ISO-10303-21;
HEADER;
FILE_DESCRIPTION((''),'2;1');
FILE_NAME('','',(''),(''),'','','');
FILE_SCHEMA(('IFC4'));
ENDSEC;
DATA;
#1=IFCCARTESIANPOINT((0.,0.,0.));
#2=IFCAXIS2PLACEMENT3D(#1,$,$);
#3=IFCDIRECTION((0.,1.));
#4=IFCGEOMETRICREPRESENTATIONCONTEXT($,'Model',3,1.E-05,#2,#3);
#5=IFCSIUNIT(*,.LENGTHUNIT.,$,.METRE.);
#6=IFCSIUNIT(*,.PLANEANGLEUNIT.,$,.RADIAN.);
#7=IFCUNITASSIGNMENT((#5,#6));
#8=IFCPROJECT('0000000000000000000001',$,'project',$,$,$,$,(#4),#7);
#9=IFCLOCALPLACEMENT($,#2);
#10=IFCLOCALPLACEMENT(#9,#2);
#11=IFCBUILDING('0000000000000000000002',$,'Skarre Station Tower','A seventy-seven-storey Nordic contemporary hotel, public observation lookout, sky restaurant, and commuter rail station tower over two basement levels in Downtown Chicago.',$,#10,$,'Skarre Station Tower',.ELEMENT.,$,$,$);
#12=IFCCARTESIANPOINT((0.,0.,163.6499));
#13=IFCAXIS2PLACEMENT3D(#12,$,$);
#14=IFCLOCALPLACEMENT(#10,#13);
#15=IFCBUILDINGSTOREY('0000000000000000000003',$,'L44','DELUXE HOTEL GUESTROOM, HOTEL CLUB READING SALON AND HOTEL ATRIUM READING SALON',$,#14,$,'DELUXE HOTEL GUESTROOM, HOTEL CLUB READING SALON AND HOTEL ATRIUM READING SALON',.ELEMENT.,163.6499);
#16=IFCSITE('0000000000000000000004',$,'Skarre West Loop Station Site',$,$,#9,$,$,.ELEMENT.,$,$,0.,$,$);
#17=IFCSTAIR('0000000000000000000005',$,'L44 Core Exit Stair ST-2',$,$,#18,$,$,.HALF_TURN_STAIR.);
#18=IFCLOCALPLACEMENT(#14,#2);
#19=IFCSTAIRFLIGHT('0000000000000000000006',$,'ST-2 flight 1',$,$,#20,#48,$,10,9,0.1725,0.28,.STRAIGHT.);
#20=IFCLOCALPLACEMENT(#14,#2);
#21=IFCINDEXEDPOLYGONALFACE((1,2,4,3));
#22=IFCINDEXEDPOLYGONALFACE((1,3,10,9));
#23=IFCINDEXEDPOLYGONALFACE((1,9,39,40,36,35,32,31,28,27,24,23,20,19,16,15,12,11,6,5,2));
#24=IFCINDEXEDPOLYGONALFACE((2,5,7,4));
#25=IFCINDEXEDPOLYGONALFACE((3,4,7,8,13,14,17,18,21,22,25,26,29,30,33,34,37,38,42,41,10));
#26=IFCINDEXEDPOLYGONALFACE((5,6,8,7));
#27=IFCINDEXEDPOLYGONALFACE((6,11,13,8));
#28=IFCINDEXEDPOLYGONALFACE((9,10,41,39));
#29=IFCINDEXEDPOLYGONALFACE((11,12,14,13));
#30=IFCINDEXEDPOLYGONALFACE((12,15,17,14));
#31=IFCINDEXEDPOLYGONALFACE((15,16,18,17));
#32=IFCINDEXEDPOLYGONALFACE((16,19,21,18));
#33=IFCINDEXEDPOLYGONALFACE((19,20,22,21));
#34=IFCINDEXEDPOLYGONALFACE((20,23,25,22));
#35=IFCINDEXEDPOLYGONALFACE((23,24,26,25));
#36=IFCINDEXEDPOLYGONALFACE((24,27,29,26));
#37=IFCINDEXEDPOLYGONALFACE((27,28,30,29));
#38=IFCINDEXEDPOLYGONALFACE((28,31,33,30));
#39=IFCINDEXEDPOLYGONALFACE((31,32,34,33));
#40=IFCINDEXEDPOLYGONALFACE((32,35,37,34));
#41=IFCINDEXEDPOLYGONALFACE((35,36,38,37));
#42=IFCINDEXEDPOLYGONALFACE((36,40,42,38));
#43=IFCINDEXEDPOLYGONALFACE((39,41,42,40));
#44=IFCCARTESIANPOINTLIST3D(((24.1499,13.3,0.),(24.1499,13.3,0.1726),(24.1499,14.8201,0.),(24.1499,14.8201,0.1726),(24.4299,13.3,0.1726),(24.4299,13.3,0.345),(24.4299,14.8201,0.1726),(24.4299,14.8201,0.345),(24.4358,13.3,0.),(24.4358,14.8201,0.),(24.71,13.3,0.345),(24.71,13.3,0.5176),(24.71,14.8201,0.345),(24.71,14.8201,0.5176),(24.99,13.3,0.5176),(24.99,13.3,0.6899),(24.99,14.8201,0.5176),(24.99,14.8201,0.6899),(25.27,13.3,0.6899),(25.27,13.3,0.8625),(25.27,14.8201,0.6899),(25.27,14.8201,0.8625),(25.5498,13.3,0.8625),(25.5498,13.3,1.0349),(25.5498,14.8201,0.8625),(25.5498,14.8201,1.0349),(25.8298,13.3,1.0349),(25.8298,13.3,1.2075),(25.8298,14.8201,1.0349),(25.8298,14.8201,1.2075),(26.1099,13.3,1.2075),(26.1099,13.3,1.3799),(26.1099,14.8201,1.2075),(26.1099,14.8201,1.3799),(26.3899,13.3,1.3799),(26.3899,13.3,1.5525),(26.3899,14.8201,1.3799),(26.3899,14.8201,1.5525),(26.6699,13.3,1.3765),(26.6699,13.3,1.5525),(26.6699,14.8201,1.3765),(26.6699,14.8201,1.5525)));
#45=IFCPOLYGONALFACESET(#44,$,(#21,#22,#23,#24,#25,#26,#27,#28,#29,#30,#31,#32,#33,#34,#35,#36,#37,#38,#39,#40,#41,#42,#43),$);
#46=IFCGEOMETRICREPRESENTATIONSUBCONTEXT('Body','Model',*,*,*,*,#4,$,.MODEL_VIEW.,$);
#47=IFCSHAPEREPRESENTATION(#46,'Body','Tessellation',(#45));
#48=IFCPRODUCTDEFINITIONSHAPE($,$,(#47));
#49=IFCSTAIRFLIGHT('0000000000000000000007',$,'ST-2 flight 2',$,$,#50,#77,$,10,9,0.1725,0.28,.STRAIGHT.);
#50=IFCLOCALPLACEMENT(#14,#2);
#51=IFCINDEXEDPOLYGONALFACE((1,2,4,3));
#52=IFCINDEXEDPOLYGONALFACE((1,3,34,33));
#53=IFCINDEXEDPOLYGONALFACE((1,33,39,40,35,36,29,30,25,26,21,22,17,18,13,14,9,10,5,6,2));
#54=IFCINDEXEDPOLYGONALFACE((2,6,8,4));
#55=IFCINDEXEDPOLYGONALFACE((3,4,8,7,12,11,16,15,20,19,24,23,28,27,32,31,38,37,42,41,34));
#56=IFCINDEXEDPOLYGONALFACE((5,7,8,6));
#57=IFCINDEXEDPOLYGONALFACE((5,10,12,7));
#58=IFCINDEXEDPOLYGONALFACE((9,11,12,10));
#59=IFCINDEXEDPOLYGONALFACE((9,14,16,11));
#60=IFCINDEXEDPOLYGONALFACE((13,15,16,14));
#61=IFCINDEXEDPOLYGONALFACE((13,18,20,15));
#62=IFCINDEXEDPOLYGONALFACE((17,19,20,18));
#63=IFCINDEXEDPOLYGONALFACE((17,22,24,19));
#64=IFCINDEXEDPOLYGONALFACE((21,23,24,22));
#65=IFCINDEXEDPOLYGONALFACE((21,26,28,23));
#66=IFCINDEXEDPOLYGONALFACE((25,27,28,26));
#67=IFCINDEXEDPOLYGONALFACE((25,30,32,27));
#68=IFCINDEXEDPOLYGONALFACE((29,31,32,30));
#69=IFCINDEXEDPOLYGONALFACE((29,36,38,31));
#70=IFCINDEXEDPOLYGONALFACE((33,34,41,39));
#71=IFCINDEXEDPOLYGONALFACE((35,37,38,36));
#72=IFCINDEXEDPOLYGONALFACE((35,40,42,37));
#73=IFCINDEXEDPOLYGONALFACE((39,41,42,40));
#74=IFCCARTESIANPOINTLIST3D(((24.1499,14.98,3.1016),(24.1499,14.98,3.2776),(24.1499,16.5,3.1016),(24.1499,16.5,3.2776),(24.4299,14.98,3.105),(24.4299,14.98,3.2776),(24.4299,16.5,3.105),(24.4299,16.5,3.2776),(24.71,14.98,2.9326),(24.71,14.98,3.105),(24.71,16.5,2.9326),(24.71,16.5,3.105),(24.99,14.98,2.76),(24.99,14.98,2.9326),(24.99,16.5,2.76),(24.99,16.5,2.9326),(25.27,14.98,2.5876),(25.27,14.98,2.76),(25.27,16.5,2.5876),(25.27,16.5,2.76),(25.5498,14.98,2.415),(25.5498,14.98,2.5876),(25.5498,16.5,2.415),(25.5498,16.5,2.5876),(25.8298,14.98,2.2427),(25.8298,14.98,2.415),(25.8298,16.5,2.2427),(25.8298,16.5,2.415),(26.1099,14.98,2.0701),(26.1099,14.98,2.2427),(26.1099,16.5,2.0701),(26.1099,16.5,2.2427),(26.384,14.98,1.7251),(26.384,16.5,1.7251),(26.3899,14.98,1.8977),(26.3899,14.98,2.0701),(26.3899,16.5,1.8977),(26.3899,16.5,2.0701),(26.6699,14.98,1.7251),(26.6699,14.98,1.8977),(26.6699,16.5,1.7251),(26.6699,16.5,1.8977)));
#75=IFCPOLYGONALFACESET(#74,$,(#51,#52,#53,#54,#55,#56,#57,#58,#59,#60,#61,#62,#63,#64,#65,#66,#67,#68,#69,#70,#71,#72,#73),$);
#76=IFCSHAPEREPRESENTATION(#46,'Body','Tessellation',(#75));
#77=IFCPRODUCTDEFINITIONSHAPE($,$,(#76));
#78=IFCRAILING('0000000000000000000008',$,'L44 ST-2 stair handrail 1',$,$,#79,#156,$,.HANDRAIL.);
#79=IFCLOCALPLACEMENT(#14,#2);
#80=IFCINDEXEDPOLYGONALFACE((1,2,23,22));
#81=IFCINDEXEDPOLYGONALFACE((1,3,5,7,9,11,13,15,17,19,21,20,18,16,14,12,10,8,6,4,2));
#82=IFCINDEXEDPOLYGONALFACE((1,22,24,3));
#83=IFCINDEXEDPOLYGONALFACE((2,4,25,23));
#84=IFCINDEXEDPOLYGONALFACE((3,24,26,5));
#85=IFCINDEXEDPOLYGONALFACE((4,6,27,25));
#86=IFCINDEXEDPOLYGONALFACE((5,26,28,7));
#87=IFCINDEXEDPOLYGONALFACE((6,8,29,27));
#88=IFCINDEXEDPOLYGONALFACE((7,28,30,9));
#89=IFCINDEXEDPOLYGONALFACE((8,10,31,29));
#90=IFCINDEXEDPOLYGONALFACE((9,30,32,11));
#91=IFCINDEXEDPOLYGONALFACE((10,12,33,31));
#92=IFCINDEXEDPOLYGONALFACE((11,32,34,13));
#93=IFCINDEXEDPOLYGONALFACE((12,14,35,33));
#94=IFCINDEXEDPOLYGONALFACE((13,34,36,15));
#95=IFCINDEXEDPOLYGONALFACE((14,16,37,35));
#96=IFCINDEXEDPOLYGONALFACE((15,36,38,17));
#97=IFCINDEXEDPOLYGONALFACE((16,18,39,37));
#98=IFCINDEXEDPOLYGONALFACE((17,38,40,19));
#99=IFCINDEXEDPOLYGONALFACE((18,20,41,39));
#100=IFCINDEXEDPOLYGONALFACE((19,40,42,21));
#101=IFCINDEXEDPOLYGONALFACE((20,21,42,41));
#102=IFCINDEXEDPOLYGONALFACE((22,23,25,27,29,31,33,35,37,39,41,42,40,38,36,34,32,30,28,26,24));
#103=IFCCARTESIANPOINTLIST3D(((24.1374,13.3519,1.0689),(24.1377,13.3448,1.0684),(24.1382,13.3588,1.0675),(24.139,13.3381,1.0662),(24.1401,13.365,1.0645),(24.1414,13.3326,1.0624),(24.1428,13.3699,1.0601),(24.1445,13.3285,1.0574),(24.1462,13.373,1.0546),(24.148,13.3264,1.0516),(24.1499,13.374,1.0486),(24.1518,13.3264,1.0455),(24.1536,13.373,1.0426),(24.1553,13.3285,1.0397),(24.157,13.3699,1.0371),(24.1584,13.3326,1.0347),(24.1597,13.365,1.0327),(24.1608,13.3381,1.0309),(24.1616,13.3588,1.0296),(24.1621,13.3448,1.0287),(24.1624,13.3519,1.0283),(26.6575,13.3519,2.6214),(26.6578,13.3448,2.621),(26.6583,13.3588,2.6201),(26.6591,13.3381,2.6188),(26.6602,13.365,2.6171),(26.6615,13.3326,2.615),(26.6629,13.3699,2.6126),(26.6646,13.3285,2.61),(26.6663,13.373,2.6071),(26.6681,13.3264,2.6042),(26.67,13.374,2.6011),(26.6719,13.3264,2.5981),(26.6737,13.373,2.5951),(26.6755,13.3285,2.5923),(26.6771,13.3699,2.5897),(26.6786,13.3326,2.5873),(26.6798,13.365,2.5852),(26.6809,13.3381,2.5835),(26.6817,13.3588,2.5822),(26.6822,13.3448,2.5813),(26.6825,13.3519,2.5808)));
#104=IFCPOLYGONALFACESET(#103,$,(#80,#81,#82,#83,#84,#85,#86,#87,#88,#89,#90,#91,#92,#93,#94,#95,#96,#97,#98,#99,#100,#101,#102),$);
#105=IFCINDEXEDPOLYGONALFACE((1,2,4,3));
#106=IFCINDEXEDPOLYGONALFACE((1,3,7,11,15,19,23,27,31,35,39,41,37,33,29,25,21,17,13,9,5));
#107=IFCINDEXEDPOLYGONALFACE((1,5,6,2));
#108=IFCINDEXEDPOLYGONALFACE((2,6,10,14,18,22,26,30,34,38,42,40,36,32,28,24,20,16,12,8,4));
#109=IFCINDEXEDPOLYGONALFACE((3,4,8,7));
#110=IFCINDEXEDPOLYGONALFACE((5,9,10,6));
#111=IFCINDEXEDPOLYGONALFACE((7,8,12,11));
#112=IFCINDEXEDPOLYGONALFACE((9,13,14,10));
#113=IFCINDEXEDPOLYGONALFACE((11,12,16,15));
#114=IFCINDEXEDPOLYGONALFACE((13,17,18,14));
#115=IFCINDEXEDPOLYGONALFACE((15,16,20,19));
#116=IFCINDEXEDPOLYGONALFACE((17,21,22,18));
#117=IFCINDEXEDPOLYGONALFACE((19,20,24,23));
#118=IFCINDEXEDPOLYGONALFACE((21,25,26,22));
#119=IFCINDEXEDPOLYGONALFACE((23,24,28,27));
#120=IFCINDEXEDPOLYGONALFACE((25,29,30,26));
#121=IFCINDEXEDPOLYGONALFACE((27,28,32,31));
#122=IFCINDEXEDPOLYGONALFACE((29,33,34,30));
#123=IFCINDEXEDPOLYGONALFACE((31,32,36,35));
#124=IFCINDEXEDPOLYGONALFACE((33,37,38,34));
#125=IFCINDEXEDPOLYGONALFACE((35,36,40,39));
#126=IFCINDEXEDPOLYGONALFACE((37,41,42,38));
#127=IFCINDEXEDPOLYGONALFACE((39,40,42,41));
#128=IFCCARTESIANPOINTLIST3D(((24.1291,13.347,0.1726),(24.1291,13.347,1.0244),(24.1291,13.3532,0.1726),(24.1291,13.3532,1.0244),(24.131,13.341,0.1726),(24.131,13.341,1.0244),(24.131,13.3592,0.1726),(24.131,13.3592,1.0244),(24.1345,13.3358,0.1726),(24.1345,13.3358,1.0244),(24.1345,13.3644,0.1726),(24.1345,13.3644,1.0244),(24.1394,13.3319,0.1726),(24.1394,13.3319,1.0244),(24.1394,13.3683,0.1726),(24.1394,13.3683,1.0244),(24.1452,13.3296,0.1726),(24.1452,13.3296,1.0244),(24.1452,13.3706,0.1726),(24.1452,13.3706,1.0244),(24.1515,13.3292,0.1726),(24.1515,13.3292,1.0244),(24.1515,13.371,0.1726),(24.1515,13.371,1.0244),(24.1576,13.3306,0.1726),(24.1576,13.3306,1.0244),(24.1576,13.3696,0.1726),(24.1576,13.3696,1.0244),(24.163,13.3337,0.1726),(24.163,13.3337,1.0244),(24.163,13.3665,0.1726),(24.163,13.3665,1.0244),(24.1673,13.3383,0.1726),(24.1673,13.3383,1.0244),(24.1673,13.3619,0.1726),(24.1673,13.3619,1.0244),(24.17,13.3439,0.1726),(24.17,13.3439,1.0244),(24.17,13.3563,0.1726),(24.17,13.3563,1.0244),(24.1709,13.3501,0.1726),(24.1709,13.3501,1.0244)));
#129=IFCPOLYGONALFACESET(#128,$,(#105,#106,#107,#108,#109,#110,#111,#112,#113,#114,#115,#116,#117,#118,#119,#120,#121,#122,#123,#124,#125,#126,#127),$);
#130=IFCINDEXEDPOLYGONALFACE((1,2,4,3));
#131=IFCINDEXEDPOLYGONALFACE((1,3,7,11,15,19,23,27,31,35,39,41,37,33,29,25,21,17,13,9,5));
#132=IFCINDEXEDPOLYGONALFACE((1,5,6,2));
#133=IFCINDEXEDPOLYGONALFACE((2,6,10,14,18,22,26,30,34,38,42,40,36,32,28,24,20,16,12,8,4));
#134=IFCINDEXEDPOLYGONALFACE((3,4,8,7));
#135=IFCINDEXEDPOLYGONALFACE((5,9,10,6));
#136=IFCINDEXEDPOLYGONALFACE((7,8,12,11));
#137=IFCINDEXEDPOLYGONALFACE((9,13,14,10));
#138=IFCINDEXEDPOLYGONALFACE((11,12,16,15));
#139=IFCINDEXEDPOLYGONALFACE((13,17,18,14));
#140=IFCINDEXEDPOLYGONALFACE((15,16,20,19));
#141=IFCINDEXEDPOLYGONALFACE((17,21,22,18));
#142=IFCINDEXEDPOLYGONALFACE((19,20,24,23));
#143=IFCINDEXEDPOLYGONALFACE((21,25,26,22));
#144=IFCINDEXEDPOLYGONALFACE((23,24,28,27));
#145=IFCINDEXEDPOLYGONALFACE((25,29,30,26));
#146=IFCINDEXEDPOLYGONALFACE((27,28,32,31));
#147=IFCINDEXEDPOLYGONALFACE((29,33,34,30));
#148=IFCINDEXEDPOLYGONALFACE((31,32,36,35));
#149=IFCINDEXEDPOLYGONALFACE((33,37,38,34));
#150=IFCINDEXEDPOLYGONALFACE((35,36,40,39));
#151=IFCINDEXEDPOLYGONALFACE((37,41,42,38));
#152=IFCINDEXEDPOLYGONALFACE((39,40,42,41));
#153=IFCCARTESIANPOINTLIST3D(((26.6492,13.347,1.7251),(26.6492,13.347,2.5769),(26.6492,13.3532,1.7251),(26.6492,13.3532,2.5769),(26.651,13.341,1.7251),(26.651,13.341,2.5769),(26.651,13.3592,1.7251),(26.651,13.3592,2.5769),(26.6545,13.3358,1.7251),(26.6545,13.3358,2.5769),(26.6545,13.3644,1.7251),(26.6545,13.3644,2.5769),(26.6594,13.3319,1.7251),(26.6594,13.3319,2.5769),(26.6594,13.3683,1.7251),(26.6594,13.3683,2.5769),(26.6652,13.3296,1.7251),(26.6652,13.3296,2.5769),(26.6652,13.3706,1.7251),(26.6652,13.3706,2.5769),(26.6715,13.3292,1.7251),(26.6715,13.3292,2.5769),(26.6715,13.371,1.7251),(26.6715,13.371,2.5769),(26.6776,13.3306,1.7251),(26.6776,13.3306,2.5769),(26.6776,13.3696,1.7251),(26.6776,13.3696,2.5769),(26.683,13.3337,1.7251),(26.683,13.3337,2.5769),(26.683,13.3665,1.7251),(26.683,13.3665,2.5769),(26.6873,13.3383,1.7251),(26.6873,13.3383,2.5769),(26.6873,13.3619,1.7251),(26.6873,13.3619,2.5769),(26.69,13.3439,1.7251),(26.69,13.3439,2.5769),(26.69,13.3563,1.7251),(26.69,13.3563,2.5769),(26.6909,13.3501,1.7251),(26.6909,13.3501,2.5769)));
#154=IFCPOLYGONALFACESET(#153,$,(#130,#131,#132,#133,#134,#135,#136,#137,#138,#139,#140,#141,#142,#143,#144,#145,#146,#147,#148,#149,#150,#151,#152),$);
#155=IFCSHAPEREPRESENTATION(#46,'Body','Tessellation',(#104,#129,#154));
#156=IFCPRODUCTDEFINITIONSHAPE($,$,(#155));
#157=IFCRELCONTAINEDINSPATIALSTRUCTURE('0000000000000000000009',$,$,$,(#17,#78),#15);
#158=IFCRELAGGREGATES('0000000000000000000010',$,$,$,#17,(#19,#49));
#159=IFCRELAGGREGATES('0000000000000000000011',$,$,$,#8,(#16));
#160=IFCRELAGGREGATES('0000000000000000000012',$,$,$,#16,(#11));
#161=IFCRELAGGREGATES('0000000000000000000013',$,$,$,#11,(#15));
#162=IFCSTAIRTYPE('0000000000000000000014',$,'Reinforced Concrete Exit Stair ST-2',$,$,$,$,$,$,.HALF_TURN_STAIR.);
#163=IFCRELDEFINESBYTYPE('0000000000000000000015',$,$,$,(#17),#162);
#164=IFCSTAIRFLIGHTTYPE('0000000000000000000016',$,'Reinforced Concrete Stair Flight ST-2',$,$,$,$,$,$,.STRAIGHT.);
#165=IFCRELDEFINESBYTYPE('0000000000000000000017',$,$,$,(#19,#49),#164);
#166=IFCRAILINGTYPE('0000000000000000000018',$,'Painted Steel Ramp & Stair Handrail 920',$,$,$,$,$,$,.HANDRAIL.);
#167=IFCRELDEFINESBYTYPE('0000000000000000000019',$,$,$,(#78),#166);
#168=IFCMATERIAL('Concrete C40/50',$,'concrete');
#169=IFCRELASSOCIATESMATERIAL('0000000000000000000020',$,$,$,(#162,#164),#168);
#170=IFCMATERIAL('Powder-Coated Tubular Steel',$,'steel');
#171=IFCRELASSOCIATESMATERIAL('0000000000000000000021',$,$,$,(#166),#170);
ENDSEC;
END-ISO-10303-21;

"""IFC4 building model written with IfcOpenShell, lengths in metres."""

from ifc_helpers import new_model, si_unit, direction, frame, origin, origin_2d, place, context, subcontext, project, spatial, polyline, circle, outline, extrude, material, type_object, element, aggregate, save


model = new_model("IFC4")

# Units and contexts
model_context = context("Model", 3, precision=1e-05, world=origin(), true_north=direction((0.0, 1.0)))
body_context = subcontext(model_context, "Body", "Model", "MODEL_VIEW")
ifc_project = project(units=[si_unit("LENGTHUNIT", "METRE"), si_unit("PLANEANGLEUNIT", "RADIAN")], contexts=[model_context])

# Site, building, storey
site_placement = place(None, origin())
site = spatial("IfcSite", under=ifc_project, at=site_placement, Name="Skarre West Loop Station Site", CompositionType="ELEMENT", RefElevation=0.0)
building_placement = place(site_placement, origin())
building = spatial("IfcBuilding", under=site, at=building_placement, Name="Skarre Station Tower", Description="A seventy-seven-storey Nordic contemporary hotel, public observation lookout, sky restaurant, and commuter rail station tower over two basement levels in Downtown Chicago.", LongName="Skarre Station Tower", CompositionType="ELEMENT")
storey_placement = place(building_placement, frame((0.0, 0.0, 163.6499)))
storey = spatial("IfcBuildingStorey", under=building, at=storey_placement, Name="L44", Description="DELUXE HOTEL GUESTROOM, HOTEL CLUB READING SALON AND HOTEL ATRIUM READING SALON", LongName="DELUXE HOTEL GUESTROOM, HOTEL CLUB READING SALON AND HOTEL ATRIUM READING SALON", CompositionType="ELEMENT", Elevation=163.6499)

# Stair, stair flights
ifc_material_1 = material(Name="Concrete C40/50", Category="concrete")
stair_type = type_object("IfcStairType", Name="Reinforced Concrete Exit Stair ST-2", PredefinedType="HALF_TURN_STAIR", material=ifc_material_1)
stair_placement = place(storey_placement, origin())
stair = element("IfcStair", 1, at=stair_placement, inside=storey, type_object=stair_type, Name="L44 Core Exit Stair ST-2", PredefinedType="HALF_TURN_STAIR")
stair_flight_type = type_object("IfcStairFlightType", Name="Reinforced Concrete Stair Flight ST-2", PredefinedType="STRAIGHT", material=ifc_material_1)
stair_flight_1_placement = place(storey_placement, frame((24.1499, 14.0601, 0.0), z_axis=(0.0, 0.0, 1.0), x_axis=(1.0, 0.0, 0.0)))
stair_flight_1 = element("IfcStairFlight", 2, at=stair_flight_1_placement, type_object=stair_flight_type, Name="ST-2 flight 1", NumberOfRisers=10, NumberOfTreads=9, PredefinedType="STRAIGHT", RiserHeight=0.1725, TreadLength=0.28, context=body_context, shape_type="SweptSolid", body=[
    extrude(outline(polyline([(0.0, 0.0), (0.0, 0.1726), (0.28, 0.1726), (0.28, 0.345), (0.5601, 0.345), (0.5601, 0.5176), (0.8401, 0.5176), (0.8401, 0.6899), (1.1201, 0.6899), (1.1201, 0.8625), (1.3999, 0.8625), (1.3999, 1.0349), (1.6799, 1.0349), (1.6799, 1.2075), (1.96, 1.2075), (1.96, 1.3799), (2.24, 1.3799), (2.24, 1.5525), (2.52, 1.5525), (2.52, 1.7251), (2.52, 1.3765), (0.2859, 0.0), (0.0, 0.0)])), frame((0.0, 0.76, 0.0), z_axis=(0.0, -1.0, 0.0), x_axis=(1.0, 0.0, 0.0)), (0.0, 0.0, 1.0), 1.52),
])
stair_flight_2_placement = place(storey_placement, frame((26.6699, 15.74, 1.7251), z_axis=(0.0, 0.0, 1.0), x_axis=(-1.0, 0.0, 0.0)))
stair_flight_2 = element("IfcStairFlight", 3, at=stair_flight_2_placement, type_object=stair_flight_type, Name="ST-2 flight 2", NumberOfRisers=10, NumberOfTreads=9, PredefinedType="STRAIGHT", RiserHeight=0.1725, TreadLength=0.28, context=body_context, shape_type="SweptSolid", body=[
    extrude(outline(polyline([(0.0, 0.0), (0.0, 0.1726), (0.28, 0.1726), (0.28, 0.345), (0.5601, 0.345), (0.5601, 0.5176), (0.8401, 0.5176), (0.8401, 0.6899), (1.1201, 0.6899), (1.1201, 0.8625), (1.3999, 0.8625), (1.3999, 1.0349), (1.6799, 1.0349), (1.6799, 1.2075), (1.96, 1.2075), (1.96, 1.3799), (2.24, 1.3799), (2.24, 1.5525), (2.52, 1.5525), (2.52, 1.7251), (2.52, 1.3765), (0.2859, 0.0), (0.0, 0.0)])), frame((0.0, 0.76, 0.0), z_axis=(0.0, -1.0, 0.0), x_axis=(1.0, 0.0, 0.0)), (0.0, 0.0, 1.0), 1.52),
])
aggregate(stair, [stair_flight_1, stair_flight_2])

# Railing
ifc_material_2 = material(Name="Powder-Coated Tubular Steel", Category="steel")
railing_type_1 = type_object("IfcRailingType", Name="Painted Steel Ramp & Stair Handrail 920", PredefinedType="HANDRAIL", material=ifc_material_2)
railing_1_placement = place(storey_placement, frame((24.1499, 13.3501, 0.1726)))
element("IfcRailing", 4, at=railing_1_placement, inside=storey, type_object=railing_type_1, Name="L44 ST-2 stair handrail 1", PredefinedType="HANDRAIL", context=body_context, shape_type="SweptSolid", body=[
    extrude(circle(Radius=0.0239, at=origin_2d()), frame((0.0, 0.0, 0.876), z_axis=(0.8514, 0.0, 0.524516), x_axis=(0.0, 1.0, 0.0)), (0.0, 0.0, 1.0), 2.96),
    extrude(circle(Radius=0.021, at=origin_2d()), origin(), (0.0, 0.0, 1.0), 0.8518),
    extrude(circle(Radius=0.021, at=origin_2d()), frame((2.52, 0.0, 1.5525)), (0.0, 0.0, 1.0), 0.8518),
])

save(model, "model.ifc")
